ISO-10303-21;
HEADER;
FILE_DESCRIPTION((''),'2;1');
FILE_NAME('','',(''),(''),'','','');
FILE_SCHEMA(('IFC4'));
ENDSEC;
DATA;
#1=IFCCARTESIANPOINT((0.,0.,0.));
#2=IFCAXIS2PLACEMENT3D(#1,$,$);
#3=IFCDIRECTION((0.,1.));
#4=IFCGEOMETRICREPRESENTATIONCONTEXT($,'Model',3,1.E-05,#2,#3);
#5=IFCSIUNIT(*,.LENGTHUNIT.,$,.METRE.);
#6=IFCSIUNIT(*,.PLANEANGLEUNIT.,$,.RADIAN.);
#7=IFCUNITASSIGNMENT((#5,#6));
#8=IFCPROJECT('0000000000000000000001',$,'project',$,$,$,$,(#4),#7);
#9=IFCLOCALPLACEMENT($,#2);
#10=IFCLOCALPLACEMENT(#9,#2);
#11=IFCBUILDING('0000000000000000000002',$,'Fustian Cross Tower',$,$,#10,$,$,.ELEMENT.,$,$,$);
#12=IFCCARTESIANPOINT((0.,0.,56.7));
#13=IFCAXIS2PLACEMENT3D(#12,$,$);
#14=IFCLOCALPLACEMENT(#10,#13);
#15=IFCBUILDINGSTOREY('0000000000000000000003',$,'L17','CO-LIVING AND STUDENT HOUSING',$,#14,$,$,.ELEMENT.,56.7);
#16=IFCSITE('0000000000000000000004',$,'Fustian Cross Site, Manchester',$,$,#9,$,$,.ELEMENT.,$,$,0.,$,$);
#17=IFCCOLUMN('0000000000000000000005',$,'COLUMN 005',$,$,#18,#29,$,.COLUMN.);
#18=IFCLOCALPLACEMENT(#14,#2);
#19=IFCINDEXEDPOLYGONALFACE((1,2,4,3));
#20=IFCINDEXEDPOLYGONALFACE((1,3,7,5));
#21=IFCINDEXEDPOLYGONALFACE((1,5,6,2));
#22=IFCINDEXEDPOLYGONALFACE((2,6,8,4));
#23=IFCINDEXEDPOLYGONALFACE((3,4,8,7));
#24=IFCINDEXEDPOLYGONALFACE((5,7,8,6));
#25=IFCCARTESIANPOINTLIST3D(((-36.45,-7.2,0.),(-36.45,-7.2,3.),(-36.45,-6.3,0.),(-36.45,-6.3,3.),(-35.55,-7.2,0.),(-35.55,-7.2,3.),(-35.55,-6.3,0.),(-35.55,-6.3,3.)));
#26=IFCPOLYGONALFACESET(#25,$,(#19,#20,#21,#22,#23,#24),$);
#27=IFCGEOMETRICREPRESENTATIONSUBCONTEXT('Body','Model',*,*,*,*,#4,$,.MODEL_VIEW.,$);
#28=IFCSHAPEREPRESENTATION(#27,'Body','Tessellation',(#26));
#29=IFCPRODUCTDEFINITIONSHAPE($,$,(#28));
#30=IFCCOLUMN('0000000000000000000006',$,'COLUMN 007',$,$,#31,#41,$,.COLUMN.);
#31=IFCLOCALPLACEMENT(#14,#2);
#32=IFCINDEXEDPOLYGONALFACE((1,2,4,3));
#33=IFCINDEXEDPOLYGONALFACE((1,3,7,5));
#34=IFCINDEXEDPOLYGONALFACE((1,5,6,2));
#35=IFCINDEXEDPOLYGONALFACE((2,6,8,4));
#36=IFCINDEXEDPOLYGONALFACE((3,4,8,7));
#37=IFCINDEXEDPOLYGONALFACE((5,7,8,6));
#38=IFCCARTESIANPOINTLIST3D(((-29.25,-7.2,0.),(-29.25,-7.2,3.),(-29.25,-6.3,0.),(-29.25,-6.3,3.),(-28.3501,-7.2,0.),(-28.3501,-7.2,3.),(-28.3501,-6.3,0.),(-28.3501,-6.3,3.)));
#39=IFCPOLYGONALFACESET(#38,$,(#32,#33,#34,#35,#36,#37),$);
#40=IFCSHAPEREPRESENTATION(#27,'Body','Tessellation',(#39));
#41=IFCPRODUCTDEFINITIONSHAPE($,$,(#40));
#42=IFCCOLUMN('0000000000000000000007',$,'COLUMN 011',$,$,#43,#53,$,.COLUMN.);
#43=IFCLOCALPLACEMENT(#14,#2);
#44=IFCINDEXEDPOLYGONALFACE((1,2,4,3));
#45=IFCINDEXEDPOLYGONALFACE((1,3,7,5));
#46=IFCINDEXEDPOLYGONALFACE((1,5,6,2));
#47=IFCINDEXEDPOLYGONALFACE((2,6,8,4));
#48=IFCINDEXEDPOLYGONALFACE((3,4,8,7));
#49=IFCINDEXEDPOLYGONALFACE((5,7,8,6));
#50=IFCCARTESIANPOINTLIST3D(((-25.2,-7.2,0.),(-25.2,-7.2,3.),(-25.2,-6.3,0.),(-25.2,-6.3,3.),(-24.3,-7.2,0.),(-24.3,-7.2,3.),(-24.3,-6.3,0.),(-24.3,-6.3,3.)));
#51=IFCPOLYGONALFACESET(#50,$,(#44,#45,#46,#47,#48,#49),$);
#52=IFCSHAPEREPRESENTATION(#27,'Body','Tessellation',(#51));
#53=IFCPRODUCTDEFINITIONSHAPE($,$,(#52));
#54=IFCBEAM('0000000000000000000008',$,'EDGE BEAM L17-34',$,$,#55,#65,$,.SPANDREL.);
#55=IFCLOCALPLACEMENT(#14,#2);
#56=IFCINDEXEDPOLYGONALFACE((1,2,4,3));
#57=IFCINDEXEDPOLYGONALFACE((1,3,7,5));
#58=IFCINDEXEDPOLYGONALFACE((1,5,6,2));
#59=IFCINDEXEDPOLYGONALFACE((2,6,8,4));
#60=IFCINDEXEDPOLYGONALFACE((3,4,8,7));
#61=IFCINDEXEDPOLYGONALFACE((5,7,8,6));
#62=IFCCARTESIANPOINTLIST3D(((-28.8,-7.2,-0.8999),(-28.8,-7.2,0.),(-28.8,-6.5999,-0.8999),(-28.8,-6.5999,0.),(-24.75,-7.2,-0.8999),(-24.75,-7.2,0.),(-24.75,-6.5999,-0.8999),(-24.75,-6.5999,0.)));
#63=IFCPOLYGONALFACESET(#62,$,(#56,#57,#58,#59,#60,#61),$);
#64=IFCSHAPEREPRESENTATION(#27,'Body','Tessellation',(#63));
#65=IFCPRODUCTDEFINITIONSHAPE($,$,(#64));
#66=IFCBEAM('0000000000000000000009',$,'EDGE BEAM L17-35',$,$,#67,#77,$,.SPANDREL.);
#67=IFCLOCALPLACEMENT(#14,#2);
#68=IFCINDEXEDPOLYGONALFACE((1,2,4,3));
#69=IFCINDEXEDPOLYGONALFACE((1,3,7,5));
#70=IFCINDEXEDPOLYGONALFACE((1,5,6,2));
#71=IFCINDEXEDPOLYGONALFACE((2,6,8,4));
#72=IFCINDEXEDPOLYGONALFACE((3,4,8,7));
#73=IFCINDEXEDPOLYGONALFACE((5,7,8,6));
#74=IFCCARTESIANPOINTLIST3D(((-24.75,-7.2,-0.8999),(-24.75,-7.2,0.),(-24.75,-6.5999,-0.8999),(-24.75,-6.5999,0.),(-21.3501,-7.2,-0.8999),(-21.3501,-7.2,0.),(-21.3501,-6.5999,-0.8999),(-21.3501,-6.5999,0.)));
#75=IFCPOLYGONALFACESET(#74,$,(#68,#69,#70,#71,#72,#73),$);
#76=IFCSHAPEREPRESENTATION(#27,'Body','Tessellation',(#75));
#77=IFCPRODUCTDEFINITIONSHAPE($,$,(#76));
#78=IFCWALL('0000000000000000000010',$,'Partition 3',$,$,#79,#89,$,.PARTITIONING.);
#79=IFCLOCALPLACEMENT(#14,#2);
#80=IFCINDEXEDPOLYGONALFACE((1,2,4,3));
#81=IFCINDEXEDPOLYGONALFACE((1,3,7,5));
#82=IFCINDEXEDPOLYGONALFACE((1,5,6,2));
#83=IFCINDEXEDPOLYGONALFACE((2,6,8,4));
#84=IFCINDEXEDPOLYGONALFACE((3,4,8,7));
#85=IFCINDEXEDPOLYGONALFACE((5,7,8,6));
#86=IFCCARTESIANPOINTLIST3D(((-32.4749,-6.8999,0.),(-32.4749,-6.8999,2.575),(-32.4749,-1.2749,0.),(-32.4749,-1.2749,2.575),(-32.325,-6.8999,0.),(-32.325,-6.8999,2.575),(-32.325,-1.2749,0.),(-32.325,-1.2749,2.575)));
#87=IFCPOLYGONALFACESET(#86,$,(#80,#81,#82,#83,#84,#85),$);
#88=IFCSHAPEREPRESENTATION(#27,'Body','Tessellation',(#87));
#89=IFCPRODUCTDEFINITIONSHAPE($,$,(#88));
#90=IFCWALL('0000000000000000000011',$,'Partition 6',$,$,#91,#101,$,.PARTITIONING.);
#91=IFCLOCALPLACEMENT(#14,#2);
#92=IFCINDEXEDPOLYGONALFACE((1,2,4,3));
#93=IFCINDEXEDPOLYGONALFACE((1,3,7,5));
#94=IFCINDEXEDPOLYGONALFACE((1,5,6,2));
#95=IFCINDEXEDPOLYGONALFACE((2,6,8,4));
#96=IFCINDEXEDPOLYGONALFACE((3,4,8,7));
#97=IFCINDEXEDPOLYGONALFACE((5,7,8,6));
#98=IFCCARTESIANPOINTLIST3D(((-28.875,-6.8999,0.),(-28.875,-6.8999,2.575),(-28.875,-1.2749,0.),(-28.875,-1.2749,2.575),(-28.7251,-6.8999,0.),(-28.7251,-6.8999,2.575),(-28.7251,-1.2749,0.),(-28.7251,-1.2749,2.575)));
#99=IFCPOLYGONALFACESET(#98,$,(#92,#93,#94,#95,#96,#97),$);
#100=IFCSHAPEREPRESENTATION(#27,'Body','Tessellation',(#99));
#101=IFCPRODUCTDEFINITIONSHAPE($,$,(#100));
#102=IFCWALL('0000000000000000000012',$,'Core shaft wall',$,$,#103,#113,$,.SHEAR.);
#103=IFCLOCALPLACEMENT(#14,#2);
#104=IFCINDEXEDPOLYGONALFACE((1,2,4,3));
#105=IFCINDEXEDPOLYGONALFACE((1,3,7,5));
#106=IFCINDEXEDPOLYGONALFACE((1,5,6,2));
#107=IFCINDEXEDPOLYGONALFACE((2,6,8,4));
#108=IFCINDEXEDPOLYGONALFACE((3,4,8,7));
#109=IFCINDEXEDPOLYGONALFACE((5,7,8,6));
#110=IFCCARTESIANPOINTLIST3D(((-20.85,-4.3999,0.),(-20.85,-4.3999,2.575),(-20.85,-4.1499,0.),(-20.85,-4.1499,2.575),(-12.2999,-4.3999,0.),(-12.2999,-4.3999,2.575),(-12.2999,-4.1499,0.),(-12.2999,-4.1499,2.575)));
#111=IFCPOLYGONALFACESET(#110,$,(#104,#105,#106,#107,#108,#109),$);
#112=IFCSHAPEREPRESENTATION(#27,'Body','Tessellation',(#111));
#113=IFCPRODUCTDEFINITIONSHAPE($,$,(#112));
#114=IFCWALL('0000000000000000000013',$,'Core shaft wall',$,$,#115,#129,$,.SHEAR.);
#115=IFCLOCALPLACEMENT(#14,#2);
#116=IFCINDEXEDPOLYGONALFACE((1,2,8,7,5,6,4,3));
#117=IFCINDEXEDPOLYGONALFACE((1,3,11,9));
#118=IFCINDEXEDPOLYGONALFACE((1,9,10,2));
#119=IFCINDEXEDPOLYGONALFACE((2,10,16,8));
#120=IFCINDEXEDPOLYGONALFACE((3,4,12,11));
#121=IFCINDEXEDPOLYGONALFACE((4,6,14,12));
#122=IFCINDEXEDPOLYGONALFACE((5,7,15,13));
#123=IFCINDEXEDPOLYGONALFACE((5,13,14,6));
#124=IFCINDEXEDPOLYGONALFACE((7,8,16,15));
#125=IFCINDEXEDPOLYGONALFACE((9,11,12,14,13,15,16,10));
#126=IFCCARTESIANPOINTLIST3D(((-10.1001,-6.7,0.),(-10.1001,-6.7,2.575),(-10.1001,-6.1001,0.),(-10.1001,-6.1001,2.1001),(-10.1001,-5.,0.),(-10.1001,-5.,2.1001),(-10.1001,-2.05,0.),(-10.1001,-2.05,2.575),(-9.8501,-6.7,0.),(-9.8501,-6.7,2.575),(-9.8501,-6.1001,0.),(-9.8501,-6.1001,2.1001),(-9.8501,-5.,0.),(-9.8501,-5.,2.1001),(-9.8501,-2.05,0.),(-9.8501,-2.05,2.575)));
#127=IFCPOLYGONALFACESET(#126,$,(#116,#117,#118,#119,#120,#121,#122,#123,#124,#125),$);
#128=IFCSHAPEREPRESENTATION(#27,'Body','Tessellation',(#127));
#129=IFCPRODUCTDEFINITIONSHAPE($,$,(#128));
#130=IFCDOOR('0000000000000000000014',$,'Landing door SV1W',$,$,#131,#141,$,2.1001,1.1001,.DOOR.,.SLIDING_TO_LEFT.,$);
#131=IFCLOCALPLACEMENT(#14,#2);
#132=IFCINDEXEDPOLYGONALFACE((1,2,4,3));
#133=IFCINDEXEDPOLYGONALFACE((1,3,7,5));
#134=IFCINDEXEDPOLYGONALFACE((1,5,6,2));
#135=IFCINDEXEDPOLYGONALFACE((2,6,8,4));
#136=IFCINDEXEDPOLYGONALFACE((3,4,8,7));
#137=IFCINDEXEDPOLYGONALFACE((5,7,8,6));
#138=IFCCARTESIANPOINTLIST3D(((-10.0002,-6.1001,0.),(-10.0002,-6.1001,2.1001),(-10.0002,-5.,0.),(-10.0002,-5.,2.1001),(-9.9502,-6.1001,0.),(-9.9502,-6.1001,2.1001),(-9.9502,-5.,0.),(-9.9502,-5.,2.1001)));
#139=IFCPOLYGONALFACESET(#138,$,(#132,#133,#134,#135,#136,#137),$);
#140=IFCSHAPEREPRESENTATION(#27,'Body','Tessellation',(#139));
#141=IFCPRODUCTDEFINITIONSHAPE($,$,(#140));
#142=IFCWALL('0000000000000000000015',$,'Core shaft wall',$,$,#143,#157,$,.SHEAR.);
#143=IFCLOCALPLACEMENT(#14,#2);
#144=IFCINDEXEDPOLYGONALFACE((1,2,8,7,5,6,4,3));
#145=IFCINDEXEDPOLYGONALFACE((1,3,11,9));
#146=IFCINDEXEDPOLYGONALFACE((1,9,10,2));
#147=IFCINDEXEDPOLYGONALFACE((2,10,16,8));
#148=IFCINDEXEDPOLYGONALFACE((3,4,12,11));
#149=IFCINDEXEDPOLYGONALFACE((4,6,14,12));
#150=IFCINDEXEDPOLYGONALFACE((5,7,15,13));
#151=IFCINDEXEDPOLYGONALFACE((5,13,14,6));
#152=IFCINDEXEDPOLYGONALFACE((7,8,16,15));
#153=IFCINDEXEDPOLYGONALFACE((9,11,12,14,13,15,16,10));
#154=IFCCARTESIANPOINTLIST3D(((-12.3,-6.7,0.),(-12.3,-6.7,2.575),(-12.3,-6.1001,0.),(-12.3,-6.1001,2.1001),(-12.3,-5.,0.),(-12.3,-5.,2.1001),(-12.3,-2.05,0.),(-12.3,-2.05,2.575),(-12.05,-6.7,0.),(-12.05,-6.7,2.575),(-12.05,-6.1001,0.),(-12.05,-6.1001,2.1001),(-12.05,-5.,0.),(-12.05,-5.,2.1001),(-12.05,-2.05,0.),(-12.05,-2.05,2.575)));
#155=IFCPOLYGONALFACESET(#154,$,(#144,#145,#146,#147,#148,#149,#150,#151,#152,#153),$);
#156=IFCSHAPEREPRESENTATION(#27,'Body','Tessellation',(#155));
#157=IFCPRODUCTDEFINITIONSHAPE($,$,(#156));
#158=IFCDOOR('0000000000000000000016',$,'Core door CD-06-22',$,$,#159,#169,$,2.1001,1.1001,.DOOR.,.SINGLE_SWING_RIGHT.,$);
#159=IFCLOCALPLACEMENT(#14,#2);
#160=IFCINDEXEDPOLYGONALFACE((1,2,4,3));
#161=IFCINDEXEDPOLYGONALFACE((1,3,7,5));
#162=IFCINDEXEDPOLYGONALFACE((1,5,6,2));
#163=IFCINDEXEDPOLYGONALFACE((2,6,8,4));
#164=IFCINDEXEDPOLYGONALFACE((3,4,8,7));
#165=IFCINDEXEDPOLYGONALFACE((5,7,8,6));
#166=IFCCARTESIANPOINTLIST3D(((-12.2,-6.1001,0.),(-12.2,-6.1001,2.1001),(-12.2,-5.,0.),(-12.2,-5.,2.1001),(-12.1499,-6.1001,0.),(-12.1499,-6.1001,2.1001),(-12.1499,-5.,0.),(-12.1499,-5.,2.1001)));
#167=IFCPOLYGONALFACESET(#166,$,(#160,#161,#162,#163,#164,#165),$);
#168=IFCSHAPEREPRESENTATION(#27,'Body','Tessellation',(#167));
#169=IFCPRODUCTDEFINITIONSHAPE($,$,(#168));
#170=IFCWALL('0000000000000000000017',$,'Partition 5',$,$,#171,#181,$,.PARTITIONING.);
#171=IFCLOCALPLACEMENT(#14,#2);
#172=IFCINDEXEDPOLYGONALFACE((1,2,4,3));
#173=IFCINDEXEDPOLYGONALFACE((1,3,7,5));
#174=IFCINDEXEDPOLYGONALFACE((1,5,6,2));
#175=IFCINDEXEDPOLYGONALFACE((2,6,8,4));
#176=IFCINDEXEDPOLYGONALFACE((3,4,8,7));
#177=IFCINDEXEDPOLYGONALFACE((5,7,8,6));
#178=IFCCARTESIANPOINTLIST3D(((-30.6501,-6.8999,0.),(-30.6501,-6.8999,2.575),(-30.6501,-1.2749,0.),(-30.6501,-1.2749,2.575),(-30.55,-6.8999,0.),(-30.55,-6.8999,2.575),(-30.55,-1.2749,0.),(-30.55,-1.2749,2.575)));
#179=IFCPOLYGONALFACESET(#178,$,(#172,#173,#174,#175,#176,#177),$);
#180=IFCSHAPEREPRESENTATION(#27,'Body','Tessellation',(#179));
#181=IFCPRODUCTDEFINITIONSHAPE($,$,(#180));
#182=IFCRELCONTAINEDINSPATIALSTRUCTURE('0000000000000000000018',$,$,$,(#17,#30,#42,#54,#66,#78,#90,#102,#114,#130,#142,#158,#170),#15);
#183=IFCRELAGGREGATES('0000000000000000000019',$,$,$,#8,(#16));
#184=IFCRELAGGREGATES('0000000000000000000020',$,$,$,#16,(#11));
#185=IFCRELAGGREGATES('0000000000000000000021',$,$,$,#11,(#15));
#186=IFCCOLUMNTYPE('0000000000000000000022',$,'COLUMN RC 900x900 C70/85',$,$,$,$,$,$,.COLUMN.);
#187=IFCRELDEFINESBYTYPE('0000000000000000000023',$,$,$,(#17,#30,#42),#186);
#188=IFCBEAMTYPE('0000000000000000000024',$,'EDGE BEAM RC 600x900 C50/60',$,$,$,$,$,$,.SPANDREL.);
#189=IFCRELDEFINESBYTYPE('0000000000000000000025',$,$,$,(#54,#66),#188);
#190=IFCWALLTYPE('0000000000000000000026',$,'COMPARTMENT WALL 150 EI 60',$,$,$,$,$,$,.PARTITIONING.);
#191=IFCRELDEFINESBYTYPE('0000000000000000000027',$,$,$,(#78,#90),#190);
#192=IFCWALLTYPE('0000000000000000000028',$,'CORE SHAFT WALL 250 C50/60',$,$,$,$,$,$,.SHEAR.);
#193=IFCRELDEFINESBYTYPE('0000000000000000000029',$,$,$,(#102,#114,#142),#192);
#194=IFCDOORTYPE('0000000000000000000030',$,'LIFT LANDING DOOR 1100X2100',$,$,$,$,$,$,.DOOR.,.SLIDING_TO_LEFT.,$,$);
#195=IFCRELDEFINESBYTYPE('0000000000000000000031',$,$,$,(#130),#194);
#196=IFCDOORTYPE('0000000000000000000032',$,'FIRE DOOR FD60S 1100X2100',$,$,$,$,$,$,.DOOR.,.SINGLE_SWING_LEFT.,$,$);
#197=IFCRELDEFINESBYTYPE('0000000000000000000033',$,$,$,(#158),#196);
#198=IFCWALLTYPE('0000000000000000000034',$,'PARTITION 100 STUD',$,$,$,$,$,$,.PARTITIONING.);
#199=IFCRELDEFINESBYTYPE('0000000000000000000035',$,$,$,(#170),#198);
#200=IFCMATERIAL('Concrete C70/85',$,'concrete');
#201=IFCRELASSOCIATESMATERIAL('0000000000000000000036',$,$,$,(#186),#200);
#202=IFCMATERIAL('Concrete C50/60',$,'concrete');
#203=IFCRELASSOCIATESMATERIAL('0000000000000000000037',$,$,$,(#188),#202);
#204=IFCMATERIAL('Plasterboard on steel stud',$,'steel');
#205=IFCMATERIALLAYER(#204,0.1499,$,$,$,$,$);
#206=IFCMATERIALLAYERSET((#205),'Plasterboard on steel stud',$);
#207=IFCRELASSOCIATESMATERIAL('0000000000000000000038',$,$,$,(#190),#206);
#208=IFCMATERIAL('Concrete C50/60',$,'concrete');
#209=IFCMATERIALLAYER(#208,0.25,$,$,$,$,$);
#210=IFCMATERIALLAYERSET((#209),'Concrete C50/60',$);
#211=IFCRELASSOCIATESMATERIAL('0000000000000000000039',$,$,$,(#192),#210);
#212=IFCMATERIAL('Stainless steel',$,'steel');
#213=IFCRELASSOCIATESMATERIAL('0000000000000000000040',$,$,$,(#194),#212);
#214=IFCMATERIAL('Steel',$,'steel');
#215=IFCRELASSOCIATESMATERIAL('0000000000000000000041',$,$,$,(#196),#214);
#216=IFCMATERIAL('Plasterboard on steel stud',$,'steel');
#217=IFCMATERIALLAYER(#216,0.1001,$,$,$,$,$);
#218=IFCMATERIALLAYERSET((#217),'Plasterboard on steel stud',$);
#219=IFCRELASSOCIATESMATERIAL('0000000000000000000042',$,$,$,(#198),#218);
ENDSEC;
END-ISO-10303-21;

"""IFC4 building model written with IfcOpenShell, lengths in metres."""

from ifc_helpers import new_model, si_unit, direction, frame, frame_2d, origin, origin_2d, place, context, subcontext, project, spatial, rectangle, extrude, material, layer, layer_set, material_profile, profile_set, type_object, element, fill, save


model = new_model("IFC4")

# Units and contexts
model_context = context("Model", 3, precision=1e-05, world=origin(), true_north=direction((0.0, 1.0)))
body_context = subcontext(model_context, "Body", "Model", "MODEL_VIEW")
ifc_project = project(units=[si_unit("LENGTHUNIT", "METRE"), si_unit("PLANEANGLEUNIT", "RADIAN")], contexts=[model_context])

# Site, building, storey
site_placement = place(None, origin())
site = spatial("IfcSite", under=ifc_project, at=site_placement, Name="Fustian Cross Site, Manchester", CompositionType="ELEMENT", RefElevation=0.0)
building_placement = place(site_placement, origin())
building = spatial("IfcBuilding", under=site, at=building_placement, Name="Fustian Cross Tower", CompositionType="ELEMENT")
storey_placement = place(building_placement, frame((0.0, 0.0, 56.7)))
storey = spatial("IfcBuildingStorey", under=building, at=storey_placement, Name="L17", Description="CO-LIVING AND STUDENT HOUSING", CompositionType="ELEMENT", Elevation=56.7)

# Columns
ifc_material_1 = material(Name="Concrete C70/85", Category="concrete")
ifc_material_profile_1 = material_profile(ifc_material_1, rectangle(XDim=0.8999, YDim=0.8999, at=origin_2d()), Name="RC 900x900")
ifc_profile_set_1 = profile_set([ifc_material_profile_1], Name="Concrete C70/85")
column_type = type_object("IfcColumnType", Name="COLUMN RC 900x900 C70/85", PredefinedType="COLUMN", material=ifc_profile_set_1)
for number, where, z_axis, x_axis, name in (
    (1, (-36.0, -6.75, 0.0), (0.0, 0.0, 1.0), (1.0, 0.0, 0.0), "COLUMN 005"),
    (2, (-28.8, -6.75, 0.0), (0.0, 0.0, 1.0), (1.0, 0.0, 0.0), "COLUMN 007"),
    (3, (-24.75, -6.75, 0.0), (0.0, 0.0, 1.0), (1.0, 0.0, 0.0), "COLUMN 011"),
):
    element("IfcColumn", number, at=place(storey_placement, frame(where, z_axis=z_axis, x_axis=x_axis)), inside=storey, type_object=column_type, Name=name, PredefinedType="COLUMN", context=body_context, shape_type="SweptSolid", body=[
        extrude(rectangle(XDim=0.8999, YDim=0.8999, at=origin_2d()), origin(), (0.0, 0.0, 1.0), 3.0),
    ])

# Beams
ifc_material_2 = material(Name="Concrete C50/60", Category="concrete")
ifc_material_profile_2 = material_profile(ifc_material_2, rectangle(XDim=0.6001, YDim=0.8999, at=origin_2d()), Name="RC 600x900")
ifc_profile_set_2 = profile_set([ifc_material_profile_2], Name="Concrete C50/60")
beam_type = type_object("IfcBeamType", Name="EDGE BEAM RC 600x900 C50/60", PredefinedType="SPANDREL", material=ifc_profile_set_2)
beam_1_placement = place(storey_placement, frame((-28.8, -6.8999, -0.45), z_axis=(1.0, 0.0, 0.0), x_axis=(0.0, 1.0, 0.0)))
element("IfcBeam", 4, at=beam_1_placement, inside=storey, type_object=beam_type, Name="EDGE BEAM L17-34", PredefinedType="SPANDREL", context=body_context, shape_type="SweptSolid", body=[
    extrude(rectangle(XDim=0.6001, YDim=0.8999, at=origin_2d()), origin(), (0.0, 0.0, 1.0), 4.05),
])
beam_2_placement = place(storey_placement, frame((-24.75, -6.8999, -0.45), z_axis=(1.0, 0.0, 0.0), x_axis=(0.0, 1.0, 0.0)))
element("IfcBeam", 5, at=beam_2_placement, inside=storey, type_object=beam_type, Name="EDGE BEAM L17-35", PredefinedType="SPANDREL", context=body_context, shape_type="SweptSolid", body=[
    extrude(rectangle(XDim=0.6001, YDim=0.8999, at=origin_2d()), origin(), (0.0, 0.0, 1.0), 3.3999),
])

# Walls
ifc_material_3 = material(Name="Plasterboard on steel stud", Category="steel")
ifc_layer_1 = layer(ifc_material_3, 0.1499)
ifc_layer_set_1 = layer_set([ifc_layer_1], Name="Plasterboard on steel stud")
wall_type_1 = type_object("IfcWallType", Name="COMPARTMENT WALL 150 EI 60", PredefinedType="PARTITIONING", material=ifc_layer_set_1)
for number, where, z_axis, x_axis, name in (
    (6, (-32.3999, -6.8999, 0.0), (0.0, 0.0, 1.0), (0.0, 1.0, 0.0), "Partition 3"),
    (7, (-28.8, -6.8999, 0.0), (0.0, 0.0, 1.0), (0.0, 1.0, 0.0), "Partition 6"),
):
    element("IfcWall", number, at=place(storey_placement, frame(where, z_axis=z_axis, x_axis=x_axis)), inside=storey, type_object=wall_type_1, Name=name, PredefinedType="PARTITIONING", context=body_context, shape_type="SweptSolid", body=[
        extrude(rectangle(XDim=5.625, YDim=0.1499, at=frame_2d((2.8125, 0.0))), origin(), (0.0, 0.0, 1.0), 2.575),
    ])
ifc_material_4 = material(Name="Concrete C50/60", Category="concrete")
ifc_layer_2 = layer(ifc_material_4, 0.25)
ifc_layer_set_2 = layer_set([ifc_layer_2], Name="Concrete C50/60")
wall_type_2 = type_object("IfcWallType", Name="CORE SHAFT WALL 250 C50/60", PredefinedType="SHEAR", material=ifc_layer_set_2)
wall_1_placement = place(storey_placement, frame((-12.3, -4.2749, 0.0), z_axis=(0.0, 0.0, 1.0), x_axis=(-1.0, 0.0, 0.0)))
element("IfcWall", 8, at=wall_1_placement, inside=storey, type_object=wall_type_2, Name="Core shaft wall", PredefinedType="SHEAR", context=body_context, shape_type="SweptSolid", body=[
    extrude(rectangle(XDim=8.55, YDim=0.25, at=frame_2d((4.2749, 0.0))), origin(), (0.0, 0.0, 1.0), 2.575),
])

# Walls, openings, doors
wall_2_placement = place(storey_placement, frame((-9.9751, -2.05, 0.0), z_axis=(0.0, 0.0, 1.0), x_axis=(0.0, -1.0, 0.0)))
wall_2 = element("IfcWall", 9, at=wall_2_placement, inside=storey, type_object=wall_type_2, Name="Core shaft wall", PredefinedType="SHEAR", context=body_context, shape_type="SweptSolid", body=[
    extrude(rectangle(XDim=4.6499, YDim=0.25, at=frame_2d((2.325, 0.0))), origin(), (0.0, 0.0, 1.0), 2.575),
])
opening_1_placement = place(wall_2_placement, frame((2.95, 0.0, 0.0)))
opening_1 = element("IfcOpeningElement", 10, at=opening_1_placement, cuts=wall_2, PredefinedType="OPENING", context=body_context, shape_type="SweptSolid", body=[
    extrude(rectangle(XDim=1.1001, YDim=2.1001, at=frame_2d((0.55, 1.05))), frame((0.0, 0.135, 0.0), z_axis=(0.0, -1.0, 0.0), x_axis=(1.0, 0.0, 0.0)), (0.0, 0.0, 1.0), 0.27),
])
ifc_material_5 = material(Name="Stainless steel", Category="steel")
door_type_1 = type_object("IfcDoorType", Name="LIFT LANDING DOOR 1100X2100", OperationType="SLIDING_TO_LEFT", PredefinedType="DOOR", material=ifc_material_5)
door_1_placement = place(opening_1_placement, origin())
door_1 = element("IfcDoor", 11, at=door_1_placement, inside=storey, type_object=door_type_1, Name="Landing door SV1W", OperationType="SLIDING_TO_LEFT", OverallHeight=2.1001, OverallWidth=1.1001, PredefinedType="DOOR", context=body_context, shape_type="SweptSolid", body=[
    extrude(rectangle(XDim=1.1001, YDim=2.1001, at=frame_2d((0.55, 1.05))), frame((0.0, 0.0249, 0.0), z_axis=(0.0, -1.0, 0.0), x_axis=(1.0, 0.0, 0.0)), (0.0, 0.0, 1.0), 0.05),
])
fill(opening_1, door_1)
wall_3_placement = place(storey_placement, frame((-12.175, -2.05, 0.0), z_axis=(0.0, 0.0, 1.0), x_axis=(0.0, -1.0, 0.0)))
wall_3 = element("IfcWall", 12, at=wall_3_placement, inside=storey, type_object=wall_type_2, Name="Core shaft wall", PredefinedType="SHEAR", context=body_context, shape_type="SweptSolid", body=[
    extrude(rectangle(XDim=4.6499, YDim=0.25, at=frame_2d((2.325, 0.0))), origin(), (0.0, 0.0, 1.0), 2.575),
])
opening_2_placement = place(wall_3_placement, frame((2.95, 0.0, 0.0)))
opening_2 = element("IfcOpeningElement", 13, at=opening_2_placement, cuts=wall_3, PredefinedType="OPENING", context=body_context, shape_type="SweptSolid", body=[
    extrude(rectangle(XDim=1.1001, YDim=2.1001, at=frame_2d((0.55, 1.05))), frame((0.0, 0.135, 0.0), z_axis=(0.0, -1.0, 0.0), x_axis=(1.0, 0.0, 0.0)), (0.0, 0.0, 1.0), 0.27),
])
ifc_material_6 = material(Name="Steel", Category="steel")
door_type_2 = type_object("IfcDoorType", Name="FIRE DOOR FD60S 1100X2100", OperationType="SINGLE_SWING_LEFT", PredefinedType="DOOR", material=ifc_material_6)
door_2_placement = place(opening_2_placement, frame((1.1001, 0.0, 0.0), z_axis=(0.0, 0.0, 1.0), x_axis=(-1.0, 0.0, 0.0)))
door_2 = element("IfcDoor", 14, at=door_2_placement, inside=storey, type_object=door_type_2, Name="Core door CD-06-22", OperationType="SINGLE_SWING_RIGHT", OverallHeight=2.1001, OverallWidth=1.1001, PredefinedType="DOOR", context=body_context, shape_type="SweptSolid", body=[
    extrude(rectangle(XDim=1.1001, YDim=2.1001, at=frame_2d((0.55, 1.05))), frame((0.0, 0.0249, 0.0), z_axis=(0.0, -1.0, 0.0), x_axis=(1.0, 0.0, 0.0)), (0.0, 0.0, 1.0), 0.05),
])
fill(opening_2, door_2)

# Wall
ifc_material_7 = material(Name="Plasterboard on steel stud", Category="steel")
ifc_layer_3 = layer(ifc_material_7, 0.1001)
ifc_layer_set_3 = layer_set([ifc_layer_3], Name="Plasterboard on steel stud")
wall_type_3 = type_object("IfcWallType", Name="PARTITION 100 STUD", PredefinedType="PARTITIONING", material=ifc_layer_set_3)
wall_4_placement = place(storey_placement, frame((-30.6001, -6.8999, 0.0), z_axis=(0.0, 0.0, 1.0), x_axis=(0.0, 1.0, 0.0)))
element("IfcWall", 15, at=wall_4_placement, inside=storey, type_object=wall_type_3, Name="Partition 5", PredefinedType="PARTITIONING", context=body_context, shape_type="SweptSolid", body=[
    extrude(rectangle(XDim=5.625, YDim=0.1001, at=frame_2d((2.8125, 0.0))), origin(), (0.0, 0.0, 1.0), 2.575),
])

save(model, "model.ifc")
